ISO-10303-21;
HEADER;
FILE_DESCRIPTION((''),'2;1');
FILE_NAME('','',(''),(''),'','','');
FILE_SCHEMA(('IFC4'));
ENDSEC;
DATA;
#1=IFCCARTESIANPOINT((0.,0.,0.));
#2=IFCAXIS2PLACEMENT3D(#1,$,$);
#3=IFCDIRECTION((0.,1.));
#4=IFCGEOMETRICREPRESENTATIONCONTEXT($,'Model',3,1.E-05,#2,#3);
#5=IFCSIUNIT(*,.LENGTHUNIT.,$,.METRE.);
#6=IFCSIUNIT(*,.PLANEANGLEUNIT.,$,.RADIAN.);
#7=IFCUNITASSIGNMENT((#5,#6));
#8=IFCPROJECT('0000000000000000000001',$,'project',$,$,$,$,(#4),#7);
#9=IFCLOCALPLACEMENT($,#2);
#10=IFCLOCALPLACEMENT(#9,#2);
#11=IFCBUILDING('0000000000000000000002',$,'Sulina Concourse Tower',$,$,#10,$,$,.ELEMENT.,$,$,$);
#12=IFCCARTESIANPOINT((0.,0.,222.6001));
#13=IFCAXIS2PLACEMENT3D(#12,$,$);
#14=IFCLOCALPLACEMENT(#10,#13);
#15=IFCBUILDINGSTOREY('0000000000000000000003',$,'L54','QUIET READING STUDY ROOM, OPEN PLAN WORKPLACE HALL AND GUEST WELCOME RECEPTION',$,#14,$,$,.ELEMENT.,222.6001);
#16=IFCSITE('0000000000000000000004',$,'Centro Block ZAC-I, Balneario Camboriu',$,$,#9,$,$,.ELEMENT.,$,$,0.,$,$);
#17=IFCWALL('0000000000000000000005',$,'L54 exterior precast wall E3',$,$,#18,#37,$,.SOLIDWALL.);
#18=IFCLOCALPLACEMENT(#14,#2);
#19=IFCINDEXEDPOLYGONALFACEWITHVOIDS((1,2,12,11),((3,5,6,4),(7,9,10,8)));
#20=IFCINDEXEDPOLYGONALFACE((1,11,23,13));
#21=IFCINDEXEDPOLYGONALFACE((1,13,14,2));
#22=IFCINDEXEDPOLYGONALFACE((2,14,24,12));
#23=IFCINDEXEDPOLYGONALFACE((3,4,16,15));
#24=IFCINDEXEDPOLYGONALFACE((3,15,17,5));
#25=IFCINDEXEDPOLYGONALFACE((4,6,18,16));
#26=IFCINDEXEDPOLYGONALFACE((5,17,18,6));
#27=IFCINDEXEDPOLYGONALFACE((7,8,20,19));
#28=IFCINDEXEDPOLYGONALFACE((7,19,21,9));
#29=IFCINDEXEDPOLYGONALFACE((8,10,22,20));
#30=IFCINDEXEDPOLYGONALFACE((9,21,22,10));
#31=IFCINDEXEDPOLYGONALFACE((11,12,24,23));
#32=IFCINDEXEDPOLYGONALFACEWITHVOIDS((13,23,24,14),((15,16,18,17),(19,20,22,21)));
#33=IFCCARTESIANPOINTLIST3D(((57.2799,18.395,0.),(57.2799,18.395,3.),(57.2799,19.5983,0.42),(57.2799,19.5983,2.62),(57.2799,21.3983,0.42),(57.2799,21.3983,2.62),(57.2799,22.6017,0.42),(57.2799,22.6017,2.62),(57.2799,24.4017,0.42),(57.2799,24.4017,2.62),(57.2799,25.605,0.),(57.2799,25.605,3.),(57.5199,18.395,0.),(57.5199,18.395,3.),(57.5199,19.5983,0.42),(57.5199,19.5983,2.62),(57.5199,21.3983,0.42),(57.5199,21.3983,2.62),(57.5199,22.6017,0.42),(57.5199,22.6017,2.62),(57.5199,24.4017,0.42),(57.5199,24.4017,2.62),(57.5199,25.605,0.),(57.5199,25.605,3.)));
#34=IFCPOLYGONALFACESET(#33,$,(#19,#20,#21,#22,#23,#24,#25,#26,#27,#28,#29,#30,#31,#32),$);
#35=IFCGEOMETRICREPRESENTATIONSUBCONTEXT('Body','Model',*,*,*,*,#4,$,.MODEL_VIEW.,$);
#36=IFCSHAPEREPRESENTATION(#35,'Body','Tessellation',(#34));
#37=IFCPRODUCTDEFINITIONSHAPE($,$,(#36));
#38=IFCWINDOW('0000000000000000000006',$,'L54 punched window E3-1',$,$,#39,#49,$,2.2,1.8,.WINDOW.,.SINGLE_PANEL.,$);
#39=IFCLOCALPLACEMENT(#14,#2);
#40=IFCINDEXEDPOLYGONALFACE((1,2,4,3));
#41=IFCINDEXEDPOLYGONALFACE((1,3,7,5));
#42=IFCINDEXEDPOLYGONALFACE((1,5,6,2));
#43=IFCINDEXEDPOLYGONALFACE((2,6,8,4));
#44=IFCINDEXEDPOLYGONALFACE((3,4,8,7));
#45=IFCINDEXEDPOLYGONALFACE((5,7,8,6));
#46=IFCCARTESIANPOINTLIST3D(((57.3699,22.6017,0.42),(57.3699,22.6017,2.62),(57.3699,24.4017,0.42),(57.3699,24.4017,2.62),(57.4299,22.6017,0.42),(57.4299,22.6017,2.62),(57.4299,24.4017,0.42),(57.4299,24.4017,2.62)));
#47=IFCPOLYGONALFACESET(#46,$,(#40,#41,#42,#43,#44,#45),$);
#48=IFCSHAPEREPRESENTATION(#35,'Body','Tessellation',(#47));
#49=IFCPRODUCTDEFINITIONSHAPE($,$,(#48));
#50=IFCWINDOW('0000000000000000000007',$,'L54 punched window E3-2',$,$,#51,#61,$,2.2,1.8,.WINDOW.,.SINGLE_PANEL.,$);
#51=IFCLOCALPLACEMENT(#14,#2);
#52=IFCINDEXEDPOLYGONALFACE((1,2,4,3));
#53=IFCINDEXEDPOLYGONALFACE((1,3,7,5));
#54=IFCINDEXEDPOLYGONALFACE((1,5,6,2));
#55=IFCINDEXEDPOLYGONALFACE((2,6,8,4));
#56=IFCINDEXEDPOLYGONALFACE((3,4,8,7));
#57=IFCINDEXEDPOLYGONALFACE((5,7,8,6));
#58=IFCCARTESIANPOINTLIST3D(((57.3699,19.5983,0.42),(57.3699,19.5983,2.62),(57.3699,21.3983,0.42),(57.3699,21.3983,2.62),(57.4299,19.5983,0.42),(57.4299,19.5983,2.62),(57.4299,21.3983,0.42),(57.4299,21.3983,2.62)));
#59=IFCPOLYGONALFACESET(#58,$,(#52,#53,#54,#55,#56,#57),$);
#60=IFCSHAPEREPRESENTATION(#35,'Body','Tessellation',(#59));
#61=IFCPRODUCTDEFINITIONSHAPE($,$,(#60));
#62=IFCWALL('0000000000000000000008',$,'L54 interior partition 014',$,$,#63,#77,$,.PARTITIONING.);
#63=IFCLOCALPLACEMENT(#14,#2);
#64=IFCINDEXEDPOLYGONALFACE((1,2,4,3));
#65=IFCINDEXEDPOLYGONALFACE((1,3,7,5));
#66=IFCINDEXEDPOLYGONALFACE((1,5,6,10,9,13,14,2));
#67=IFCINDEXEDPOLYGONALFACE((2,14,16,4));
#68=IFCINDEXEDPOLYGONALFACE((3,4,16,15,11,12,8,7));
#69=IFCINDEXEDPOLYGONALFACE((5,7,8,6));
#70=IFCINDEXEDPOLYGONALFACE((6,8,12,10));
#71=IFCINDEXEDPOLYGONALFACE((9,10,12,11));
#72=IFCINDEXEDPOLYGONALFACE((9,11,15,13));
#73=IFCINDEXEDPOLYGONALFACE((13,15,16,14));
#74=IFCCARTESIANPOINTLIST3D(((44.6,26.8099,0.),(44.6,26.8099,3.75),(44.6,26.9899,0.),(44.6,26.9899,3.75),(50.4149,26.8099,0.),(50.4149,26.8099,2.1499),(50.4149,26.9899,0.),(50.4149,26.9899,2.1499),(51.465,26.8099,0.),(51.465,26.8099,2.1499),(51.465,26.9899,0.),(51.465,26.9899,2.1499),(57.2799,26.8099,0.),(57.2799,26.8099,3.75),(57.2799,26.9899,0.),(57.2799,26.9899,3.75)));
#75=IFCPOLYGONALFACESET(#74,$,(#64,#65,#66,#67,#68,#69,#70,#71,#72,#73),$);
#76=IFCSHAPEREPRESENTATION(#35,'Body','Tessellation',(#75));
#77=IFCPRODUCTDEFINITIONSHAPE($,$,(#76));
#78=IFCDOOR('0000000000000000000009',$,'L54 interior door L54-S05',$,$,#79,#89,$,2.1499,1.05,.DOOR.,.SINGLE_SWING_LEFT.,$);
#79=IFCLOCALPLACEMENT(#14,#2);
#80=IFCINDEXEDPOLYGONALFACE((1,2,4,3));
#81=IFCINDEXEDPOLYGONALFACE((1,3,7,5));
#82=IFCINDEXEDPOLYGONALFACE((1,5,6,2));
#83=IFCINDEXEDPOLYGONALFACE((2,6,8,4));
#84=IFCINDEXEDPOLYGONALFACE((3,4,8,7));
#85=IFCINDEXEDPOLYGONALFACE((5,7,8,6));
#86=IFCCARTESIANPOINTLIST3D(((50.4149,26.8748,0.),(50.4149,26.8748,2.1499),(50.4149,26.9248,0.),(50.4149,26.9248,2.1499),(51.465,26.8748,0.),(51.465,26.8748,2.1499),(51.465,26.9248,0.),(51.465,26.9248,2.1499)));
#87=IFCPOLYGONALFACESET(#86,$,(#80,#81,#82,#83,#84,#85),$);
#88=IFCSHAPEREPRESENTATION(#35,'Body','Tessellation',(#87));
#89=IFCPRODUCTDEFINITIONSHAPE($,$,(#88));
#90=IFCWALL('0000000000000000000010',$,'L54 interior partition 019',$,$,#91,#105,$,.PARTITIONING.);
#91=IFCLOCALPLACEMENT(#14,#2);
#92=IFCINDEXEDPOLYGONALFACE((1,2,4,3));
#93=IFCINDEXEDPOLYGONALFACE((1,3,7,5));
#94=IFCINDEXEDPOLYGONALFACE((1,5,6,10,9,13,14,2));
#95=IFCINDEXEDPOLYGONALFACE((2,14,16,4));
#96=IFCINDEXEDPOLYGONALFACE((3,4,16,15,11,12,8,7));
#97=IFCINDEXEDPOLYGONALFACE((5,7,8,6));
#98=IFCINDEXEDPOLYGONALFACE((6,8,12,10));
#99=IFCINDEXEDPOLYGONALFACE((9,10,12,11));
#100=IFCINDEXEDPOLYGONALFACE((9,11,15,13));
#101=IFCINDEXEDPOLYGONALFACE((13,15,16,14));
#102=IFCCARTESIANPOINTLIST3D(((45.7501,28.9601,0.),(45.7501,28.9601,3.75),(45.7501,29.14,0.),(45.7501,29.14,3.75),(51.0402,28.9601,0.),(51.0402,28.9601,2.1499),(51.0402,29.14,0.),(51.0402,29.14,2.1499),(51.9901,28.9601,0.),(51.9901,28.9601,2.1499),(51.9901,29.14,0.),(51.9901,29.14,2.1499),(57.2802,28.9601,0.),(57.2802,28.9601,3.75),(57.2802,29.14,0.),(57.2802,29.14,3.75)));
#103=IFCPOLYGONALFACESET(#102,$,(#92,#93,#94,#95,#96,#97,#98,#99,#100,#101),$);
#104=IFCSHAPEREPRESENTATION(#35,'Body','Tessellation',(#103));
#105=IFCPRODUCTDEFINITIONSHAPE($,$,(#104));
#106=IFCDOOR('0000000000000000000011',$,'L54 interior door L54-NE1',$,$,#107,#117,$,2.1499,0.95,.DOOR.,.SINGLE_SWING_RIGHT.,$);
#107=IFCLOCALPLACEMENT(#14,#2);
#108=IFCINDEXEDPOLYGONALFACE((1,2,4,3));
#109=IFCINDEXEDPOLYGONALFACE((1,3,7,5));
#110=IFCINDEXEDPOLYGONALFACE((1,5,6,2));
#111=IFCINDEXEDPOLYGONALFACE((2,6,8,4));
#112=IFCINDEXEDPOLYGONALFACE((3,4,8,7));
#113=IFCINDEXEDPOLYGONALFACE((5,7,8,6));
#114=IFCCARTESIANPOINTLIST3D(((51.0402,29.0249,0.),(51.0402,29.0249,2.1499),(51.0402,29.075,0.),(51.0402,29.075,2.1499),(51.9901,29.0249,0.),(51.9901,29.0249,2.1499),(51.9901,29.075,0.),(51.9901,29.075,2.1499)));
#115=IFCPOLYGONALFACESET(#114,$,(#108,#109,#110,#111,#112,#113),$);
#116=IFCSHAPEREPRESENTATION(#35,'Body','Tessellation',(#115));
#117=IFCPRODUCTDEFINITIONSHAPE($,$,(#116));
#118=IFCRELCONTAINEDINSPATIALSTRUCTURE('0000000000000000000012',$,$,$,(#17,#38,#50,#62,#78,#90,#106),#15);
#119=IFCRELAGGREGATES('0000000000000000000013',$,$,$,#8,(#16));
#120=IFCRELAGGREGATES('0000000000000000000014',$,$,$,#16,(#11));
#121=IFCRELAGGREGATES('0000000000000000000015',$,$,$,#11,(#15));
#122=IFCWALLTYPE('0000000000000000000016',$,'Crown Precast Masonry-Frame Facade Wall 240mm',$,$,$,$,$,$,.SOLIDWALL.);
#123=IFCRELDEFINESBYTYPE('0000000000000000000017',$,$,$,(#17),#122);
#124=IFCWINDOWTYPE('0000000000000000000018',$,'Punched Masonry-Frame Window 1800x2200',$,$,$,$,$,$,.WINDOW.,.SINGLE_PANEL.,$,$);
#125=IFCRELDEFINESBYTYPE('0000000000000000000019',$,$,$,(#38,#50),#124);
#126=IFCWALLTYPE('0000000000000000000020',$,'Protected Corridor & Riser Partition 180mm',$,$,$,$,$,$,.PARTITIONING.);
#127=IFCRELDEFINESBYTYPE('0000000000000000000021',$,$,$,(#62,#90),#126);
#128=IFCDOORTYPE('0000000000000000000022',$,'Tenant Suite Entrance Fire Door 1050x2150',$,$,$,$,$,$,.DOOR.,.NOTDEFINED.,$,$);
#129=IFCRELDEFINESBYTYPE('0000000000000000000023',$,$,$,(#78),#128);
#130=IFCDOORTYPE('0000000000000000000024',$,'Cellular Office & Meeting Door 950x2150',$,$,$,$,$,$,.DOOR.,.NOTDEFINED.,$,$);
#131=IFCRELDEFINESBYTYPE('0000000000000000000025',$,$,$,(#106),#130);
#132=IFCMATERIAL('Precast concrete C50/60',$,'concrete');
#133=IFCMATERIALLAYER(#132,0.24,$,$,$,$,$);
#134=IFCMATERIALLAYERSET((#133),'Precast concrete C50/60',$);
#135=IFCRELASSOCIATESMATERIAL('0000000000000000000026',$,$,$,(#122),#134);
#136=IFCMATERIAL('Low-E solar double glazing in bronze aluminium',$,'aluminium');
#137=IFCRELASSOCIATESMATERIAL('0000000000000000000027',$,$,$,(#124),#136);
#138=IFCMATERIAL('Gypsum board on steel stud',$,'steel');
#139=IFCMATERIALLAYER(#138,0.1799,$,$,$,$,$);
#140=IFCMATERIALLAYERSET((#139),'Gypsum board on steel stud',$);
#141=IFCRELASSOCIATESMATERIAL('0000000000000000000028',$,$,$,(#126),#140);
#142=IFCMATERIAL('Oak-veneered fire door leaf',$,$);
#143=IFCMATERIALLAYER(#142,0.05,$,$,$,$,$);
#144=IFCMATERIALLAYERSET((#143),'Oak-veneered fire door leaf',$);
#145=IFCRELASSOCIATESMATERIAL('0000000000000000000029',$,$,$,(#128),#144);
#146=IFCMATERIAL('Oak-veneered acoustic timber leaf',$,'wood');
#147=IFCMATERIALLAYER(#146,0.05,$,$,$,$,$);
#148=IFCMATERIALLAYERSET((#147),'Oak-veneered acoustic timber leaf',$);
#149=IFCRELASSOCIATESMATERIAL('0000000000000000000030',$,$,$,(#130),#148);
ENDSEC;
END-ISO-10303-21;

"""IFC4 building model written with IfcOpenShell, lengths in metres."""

from ifc_helpers import new_model, si_unit, direction, frame, frame_2d, origin, place, context, subcontext, project, spatial, rectangle, extrude, material, layer, layer_set, type_object, element, fill, save


model = new_model("IFC4")

# Units and contexts
model_context = context("Model", 3, precision=1e-05, world=origin(), true_north=direction((0.0, 1.0)))
body_context = subcontext(model_context, "Body", "Model", "MODEL_VIEW")
ifc_project = project(units=[si_unit("LENGTHUNIT", "METRE"), si_unit("PLANEANGLEUNIT", "RADIAN")], contexts=[model_context])

# Site, building, storey
site_placement = place(None, origin())
site = spatial("IfcSite", under=ifc_project, at=site_placement, Name="Centro Block ZAC-I, Balneario Camboriu", CompositionType="ELEMENT", RefElevation=0.0)
building_placement = place(site_placement, origin())
building = spatial("IfcBuilding", under=site, at=building_placement, Name="Sulina Concourse Tower", CompositionType="ELEMENT")
storey_placement = place(building_placement, frame((0.0, 0.0, 222.6001)))
storey = spatial("IfcBuildingStorey", under=building, at=storey_placement, Name="L54", Description="QUIET READING STUDY ROOM, OPEN PLAN WORKPLACE HALL AND GUEST WELCOME RECEPTION", CompositionType="ELEMENT", Elevation=222.6001)

# Shared definitions
ifc_material_1 = material(Name="Precast concrete C50/60", Category="concrete")
ifc_layer_1 = layer(ifc_material_1, 0.24)
ifc_layer_set_1 = layer_set([ifc_layer_1], Name="Precast concrete C50/60")
wall_type_1 = type_object("IfcWallType", Name="Crown Precast Masonry-Frame Facade Wall 240mm", PredefinedType="SOLIDWALL", material=ifc_layer_set_1)
ifc_material_2 = material(Name="Low-E solar double glazing in bronze aluminium", Category="aluminium")
window_type = type_object("IfcWindowType", Name="Punched Masonry-Frame Window 1800x2200", PartitioningType="SINGLE_PANEL", PredefinedType="WINDOW", material=ifc_material_2)

# Wall, openings, windows
wall_1_placement = place(storey_placement, frame((57.3999, 25.605, 0.0), z_axis=(0.0, 0.0, 1.0), x_axis=(0.0, -1.0, 0.0)))
wall_1 = element("IfcWall", 1, at=wall_1_placement, inside=storey, type_object=wall_type_1, Name="L54 exterior precast wall E3", PredefinedType="SOLIDWALL", context=body_context, shape_type="SweptSolid", body=[
    extrude(rectangle(XDim=7.21, YDim=0.24, at=frame_2d((3.605, 0.0))), origin(), (0.0, 0.0, 1.0), 3.0),
])
opening_1_placement = place(wall_1_placement, frame((1.2034, 0.0, 0.4199)))
opening_1 = element("IfcOpeningElement", 2, at=opening_1_placement, cuts=wall_1, PredefinedType="OPENING", context=body_context, shape_type="SweptSolid", body=[
    extrude(rectangle(XDim=1.8, YDim=2.2, at=frame_2d((0.8999, 1.1001))), frame((0.0, 0.1299, 0.0), z_axis=(0.0, -1.0, 0.0), x_axis=(1.0, 0.0, 0.0)), (0.0, 0.0, 1.0), 0.26),
])
opening_2_placement = place(wall_1_placement, frame((4.2068, 0.0, 0.4199)))
opening_2 = element("IfcOpeningElement", 3, at=opening_2_placement, cuts=wall_1, PredefinedType="OPENING", context=body_context, shape_type="SweptSolid", body=[
    extrude(rectangle(XDim=1.8, YDim=2.2, at=frame_2d((0.8999, 1.1001))), frame((0.0, 0.1299, 0.0), z_axis=(0.0, -1.0, 0.0), x_axis=(1.0, 0.0, 0.0)), (0.0, 0.0, 1.0), 0.26),
])
window_1_placement = place(opening_1_placement, origin())
window_1 = element("IfcWindow", 4, at=window_1_placement, inside=storey, type_object=window_type, Name="L54 punched window E3-1", OverallHeight=2.2, OverallWidth=1.8, PartitioningType="SINGLE_PANEL", PredefinedType="WINDOW", context=body_context, shape_type="SweptSolid", body=[
    extrude(rectangle(XDim=1.8, YDim=2.2, at=frame_2d((0.8999, 1.1001))), frame((0.0, 0.03, 0.0), z_axis=(0.0, -1.0, 0.0), x_axis=(1.0, 0.0, 0.0)), (0.0, 0.0, 1.0), 0.0601),
])
fill(opening_1, window_1)
window_2_placement = place(opening_2_placement, origin())
window_2 = element("IfcWindow", 5, at=window_2_placement, inside=storey, type_object=window_type, Name="L54 punched window E3-2", OverallHeight=2.2, OverallWidth=1.8, PartitioningType="SINGLE_PANEL", PredefinedType="WINDOW", context=body_context, shape_type="SweptSolid", body=[
    extrude(rectangle(XDim=1.8, YDim=2.2, at=frame_2d((0.8999, 1.1001))), frame((0.0, 0.03, 0.0), z_axis=(0.0, -1.0, 0.0), x_axis=(1.0, 0.0, 0.0)), (0.0, 0.0, 1.0), 0.0601),
])
fill(opening_2, window_2)

# Walls, openings, doors
ifc_material_3 = material(Name="Gypsum board on steel stud", Category="steel")
ifc_layer_2 = layer(ifc_material_3, 0.1799)
ifc_layer_set_2 = layer_set([ifc_layer_2], Name="Gypsum board on steel stud")
wall_type_2 = type_object("IfcWallType", Name="Protected Corridor & Riser Partition 180mm", PredefinedType="PARTITIONING", material=ifc_layer_set_2)
wall_2_placement = place(storey_placement, frame((44.6001, 26.8999, 0.0), z_axis=(0.0, 0.0, 1.0), x_axis=(1.0, 0.0, 0.0)))
wall_2 = element("IfcWall", 6, at=wall_2_placement, inside=storey, type_object=wall_type_2, Name="L54 interior partition 014", PredefinedType="PARTITIONING", context=body_context, shape_type="SweptSolid", body=[
    extrude(rectangle(XDim=12.6799, YDim=0.1799, at=frame_2d((6.3398, 0.0))), origin(), (0.0, 0.0, 1.0), 3.75),
])
opening_3_placement = place(wall_2_placement, frame((5.8149, 0.0, 0.0)))
opening_3 = element("IfcOpeningElement", 7, at=opening_3_placement, cuts=wall_2, PredefinedType="OPENING", context=body_context, shape_type="SweptSolid", body=[
    extrude(rectangle(XDim=1.05, YDim=2.1499, at=frame_2d((0.5249, 1.075))), frame((0.0, 0.0999, 0.0), z_axis=(0.0, -1.0, 0.0), x_axis=(1.0, 0.0, 0.0)), (0.0, 0.0, 1.0), 0.2),
])
ifc_material_4 = material(Name="Oak-veneered fire door leaf")
ifc_layer_3 = layer(ifc_material_4, 0.05)
ifc_layer_set_3 = layer_set([ifc_layer_3], Name="Oak-veneered fire door leaf")
door_type_1 = type_object("IfcDoorType", Name="Tenant Suite Entrance Fire Door 1050x2150", OperationType="NOTDEFINED", PredefinedType="DOOR", material=ifc_layer_set_3)
door_1_placement = place(opening_3_placement, origin())
door_1 = element("IfcDoor", 8, at=door_1_placement, inside=storey, type_object=door_type_1, Name="L54 interior door L54-S05", OperationType="SINGLE_SWING_LEFT", OverallHeight=2.1499, OverallWidth=1.05, PredefinedType="DOOR", context=body_context, shape_type="SweptSolid", body=[
    extrude(rectangle(XDim=1.05, YDim=2.1499, at=frame_2d((0.5249, 1.075))), frame((0.0, 0.0249, 0.0), z_axis=(0.0, -1.0, 0.0), x_axis=(1.0, 0.0, 0.0)), (0.0, 0.0, 1.0), 0.05),
])
fill(opening_3, door_1)
wall_3_placement = place(storey_placement, frame((45.75, 29.05, 0.0), z_axis=(0.0, 0.0, 1.0), x_axis=(1.0, 0.0, 0.0)))
wall_3 = element("IfcWall", 9, at=wall_3_placement, inside=storey, type_object=wall_type_2, Name="L54 interior partition 019", PredefinedType="PARTITIONING", context=body_context, shape_type="SweptSolid", body=[
    extrude(rectangle(XDim=11.53, YDim=0.1799, at=frame_2d((5.7651, 0.0))), origin(), (0.0, 0.0, 1.0), 3.75),
])
opening_4_placement = place(wall_3_placement, frame((5.29, 0.0, 0.0)))
opening_4 = element("IfcOpeningElement", 10, at=opening_4_placement, cuts=wall_3, PredefinedType="OPENING", context=body_context, shape_type="SweptSolid", body=[
    extrude(rectangle(XDim=0.95, YDim=2.1499, at=frame_2d((0.4751, 1.075))), frame((0.0, 0.0999, 0.0), z_axis=(0.0, -1.0, 0.0), x_axis=(1.0, 0.0, 0.0)), (0.0, 0.0, 1.0), 0.2),
])
ifc_material_5 = material(Name="Oak-veneered acoustic timber leaf", Category="wood")
ifc_layer_4 = layer(ifc_material_5, 0.05)
ifc_layer_set_4 = layer_set([ifc_layer_4], Name="Oak-veneered acoustic timber leaf")
door_type_2 = type_object("IfcDoorType", Name="Cellular Office & Meeting Door 950x2150", OperationType="NOTDEFINED", PredefinedType="DOOR", material=ifc_layer_set_4)
door_2_placement = place(opening_4_placement, origin())
door_2 = element("IfcDoor", 11, at=door_2_placement, inside=storey, type_object=door_type_2, Name="L54 interior door L54-NE1", OperationType="SINGLE_SWING_RIGHT", OverallHeight=2.1499, OverallWidth=0.95, PredefinedType="DOOR", context=body_context, shape_type="SweptSolid", body=[
    extrude(rectangle(XDim=0.95, YDim=2.1499, at=frame_2d((0.4751, 1.075))), frame((0.0, 0.0249, 0.0), z_axis=(0.0, -1.0, 0.0), x_axis=(1.0, 0.0, 0.0)), (0.0, 0.0, 1.0), 0.05),
])
fill(opening_4, door_2)

save(model, "model.ifc")
